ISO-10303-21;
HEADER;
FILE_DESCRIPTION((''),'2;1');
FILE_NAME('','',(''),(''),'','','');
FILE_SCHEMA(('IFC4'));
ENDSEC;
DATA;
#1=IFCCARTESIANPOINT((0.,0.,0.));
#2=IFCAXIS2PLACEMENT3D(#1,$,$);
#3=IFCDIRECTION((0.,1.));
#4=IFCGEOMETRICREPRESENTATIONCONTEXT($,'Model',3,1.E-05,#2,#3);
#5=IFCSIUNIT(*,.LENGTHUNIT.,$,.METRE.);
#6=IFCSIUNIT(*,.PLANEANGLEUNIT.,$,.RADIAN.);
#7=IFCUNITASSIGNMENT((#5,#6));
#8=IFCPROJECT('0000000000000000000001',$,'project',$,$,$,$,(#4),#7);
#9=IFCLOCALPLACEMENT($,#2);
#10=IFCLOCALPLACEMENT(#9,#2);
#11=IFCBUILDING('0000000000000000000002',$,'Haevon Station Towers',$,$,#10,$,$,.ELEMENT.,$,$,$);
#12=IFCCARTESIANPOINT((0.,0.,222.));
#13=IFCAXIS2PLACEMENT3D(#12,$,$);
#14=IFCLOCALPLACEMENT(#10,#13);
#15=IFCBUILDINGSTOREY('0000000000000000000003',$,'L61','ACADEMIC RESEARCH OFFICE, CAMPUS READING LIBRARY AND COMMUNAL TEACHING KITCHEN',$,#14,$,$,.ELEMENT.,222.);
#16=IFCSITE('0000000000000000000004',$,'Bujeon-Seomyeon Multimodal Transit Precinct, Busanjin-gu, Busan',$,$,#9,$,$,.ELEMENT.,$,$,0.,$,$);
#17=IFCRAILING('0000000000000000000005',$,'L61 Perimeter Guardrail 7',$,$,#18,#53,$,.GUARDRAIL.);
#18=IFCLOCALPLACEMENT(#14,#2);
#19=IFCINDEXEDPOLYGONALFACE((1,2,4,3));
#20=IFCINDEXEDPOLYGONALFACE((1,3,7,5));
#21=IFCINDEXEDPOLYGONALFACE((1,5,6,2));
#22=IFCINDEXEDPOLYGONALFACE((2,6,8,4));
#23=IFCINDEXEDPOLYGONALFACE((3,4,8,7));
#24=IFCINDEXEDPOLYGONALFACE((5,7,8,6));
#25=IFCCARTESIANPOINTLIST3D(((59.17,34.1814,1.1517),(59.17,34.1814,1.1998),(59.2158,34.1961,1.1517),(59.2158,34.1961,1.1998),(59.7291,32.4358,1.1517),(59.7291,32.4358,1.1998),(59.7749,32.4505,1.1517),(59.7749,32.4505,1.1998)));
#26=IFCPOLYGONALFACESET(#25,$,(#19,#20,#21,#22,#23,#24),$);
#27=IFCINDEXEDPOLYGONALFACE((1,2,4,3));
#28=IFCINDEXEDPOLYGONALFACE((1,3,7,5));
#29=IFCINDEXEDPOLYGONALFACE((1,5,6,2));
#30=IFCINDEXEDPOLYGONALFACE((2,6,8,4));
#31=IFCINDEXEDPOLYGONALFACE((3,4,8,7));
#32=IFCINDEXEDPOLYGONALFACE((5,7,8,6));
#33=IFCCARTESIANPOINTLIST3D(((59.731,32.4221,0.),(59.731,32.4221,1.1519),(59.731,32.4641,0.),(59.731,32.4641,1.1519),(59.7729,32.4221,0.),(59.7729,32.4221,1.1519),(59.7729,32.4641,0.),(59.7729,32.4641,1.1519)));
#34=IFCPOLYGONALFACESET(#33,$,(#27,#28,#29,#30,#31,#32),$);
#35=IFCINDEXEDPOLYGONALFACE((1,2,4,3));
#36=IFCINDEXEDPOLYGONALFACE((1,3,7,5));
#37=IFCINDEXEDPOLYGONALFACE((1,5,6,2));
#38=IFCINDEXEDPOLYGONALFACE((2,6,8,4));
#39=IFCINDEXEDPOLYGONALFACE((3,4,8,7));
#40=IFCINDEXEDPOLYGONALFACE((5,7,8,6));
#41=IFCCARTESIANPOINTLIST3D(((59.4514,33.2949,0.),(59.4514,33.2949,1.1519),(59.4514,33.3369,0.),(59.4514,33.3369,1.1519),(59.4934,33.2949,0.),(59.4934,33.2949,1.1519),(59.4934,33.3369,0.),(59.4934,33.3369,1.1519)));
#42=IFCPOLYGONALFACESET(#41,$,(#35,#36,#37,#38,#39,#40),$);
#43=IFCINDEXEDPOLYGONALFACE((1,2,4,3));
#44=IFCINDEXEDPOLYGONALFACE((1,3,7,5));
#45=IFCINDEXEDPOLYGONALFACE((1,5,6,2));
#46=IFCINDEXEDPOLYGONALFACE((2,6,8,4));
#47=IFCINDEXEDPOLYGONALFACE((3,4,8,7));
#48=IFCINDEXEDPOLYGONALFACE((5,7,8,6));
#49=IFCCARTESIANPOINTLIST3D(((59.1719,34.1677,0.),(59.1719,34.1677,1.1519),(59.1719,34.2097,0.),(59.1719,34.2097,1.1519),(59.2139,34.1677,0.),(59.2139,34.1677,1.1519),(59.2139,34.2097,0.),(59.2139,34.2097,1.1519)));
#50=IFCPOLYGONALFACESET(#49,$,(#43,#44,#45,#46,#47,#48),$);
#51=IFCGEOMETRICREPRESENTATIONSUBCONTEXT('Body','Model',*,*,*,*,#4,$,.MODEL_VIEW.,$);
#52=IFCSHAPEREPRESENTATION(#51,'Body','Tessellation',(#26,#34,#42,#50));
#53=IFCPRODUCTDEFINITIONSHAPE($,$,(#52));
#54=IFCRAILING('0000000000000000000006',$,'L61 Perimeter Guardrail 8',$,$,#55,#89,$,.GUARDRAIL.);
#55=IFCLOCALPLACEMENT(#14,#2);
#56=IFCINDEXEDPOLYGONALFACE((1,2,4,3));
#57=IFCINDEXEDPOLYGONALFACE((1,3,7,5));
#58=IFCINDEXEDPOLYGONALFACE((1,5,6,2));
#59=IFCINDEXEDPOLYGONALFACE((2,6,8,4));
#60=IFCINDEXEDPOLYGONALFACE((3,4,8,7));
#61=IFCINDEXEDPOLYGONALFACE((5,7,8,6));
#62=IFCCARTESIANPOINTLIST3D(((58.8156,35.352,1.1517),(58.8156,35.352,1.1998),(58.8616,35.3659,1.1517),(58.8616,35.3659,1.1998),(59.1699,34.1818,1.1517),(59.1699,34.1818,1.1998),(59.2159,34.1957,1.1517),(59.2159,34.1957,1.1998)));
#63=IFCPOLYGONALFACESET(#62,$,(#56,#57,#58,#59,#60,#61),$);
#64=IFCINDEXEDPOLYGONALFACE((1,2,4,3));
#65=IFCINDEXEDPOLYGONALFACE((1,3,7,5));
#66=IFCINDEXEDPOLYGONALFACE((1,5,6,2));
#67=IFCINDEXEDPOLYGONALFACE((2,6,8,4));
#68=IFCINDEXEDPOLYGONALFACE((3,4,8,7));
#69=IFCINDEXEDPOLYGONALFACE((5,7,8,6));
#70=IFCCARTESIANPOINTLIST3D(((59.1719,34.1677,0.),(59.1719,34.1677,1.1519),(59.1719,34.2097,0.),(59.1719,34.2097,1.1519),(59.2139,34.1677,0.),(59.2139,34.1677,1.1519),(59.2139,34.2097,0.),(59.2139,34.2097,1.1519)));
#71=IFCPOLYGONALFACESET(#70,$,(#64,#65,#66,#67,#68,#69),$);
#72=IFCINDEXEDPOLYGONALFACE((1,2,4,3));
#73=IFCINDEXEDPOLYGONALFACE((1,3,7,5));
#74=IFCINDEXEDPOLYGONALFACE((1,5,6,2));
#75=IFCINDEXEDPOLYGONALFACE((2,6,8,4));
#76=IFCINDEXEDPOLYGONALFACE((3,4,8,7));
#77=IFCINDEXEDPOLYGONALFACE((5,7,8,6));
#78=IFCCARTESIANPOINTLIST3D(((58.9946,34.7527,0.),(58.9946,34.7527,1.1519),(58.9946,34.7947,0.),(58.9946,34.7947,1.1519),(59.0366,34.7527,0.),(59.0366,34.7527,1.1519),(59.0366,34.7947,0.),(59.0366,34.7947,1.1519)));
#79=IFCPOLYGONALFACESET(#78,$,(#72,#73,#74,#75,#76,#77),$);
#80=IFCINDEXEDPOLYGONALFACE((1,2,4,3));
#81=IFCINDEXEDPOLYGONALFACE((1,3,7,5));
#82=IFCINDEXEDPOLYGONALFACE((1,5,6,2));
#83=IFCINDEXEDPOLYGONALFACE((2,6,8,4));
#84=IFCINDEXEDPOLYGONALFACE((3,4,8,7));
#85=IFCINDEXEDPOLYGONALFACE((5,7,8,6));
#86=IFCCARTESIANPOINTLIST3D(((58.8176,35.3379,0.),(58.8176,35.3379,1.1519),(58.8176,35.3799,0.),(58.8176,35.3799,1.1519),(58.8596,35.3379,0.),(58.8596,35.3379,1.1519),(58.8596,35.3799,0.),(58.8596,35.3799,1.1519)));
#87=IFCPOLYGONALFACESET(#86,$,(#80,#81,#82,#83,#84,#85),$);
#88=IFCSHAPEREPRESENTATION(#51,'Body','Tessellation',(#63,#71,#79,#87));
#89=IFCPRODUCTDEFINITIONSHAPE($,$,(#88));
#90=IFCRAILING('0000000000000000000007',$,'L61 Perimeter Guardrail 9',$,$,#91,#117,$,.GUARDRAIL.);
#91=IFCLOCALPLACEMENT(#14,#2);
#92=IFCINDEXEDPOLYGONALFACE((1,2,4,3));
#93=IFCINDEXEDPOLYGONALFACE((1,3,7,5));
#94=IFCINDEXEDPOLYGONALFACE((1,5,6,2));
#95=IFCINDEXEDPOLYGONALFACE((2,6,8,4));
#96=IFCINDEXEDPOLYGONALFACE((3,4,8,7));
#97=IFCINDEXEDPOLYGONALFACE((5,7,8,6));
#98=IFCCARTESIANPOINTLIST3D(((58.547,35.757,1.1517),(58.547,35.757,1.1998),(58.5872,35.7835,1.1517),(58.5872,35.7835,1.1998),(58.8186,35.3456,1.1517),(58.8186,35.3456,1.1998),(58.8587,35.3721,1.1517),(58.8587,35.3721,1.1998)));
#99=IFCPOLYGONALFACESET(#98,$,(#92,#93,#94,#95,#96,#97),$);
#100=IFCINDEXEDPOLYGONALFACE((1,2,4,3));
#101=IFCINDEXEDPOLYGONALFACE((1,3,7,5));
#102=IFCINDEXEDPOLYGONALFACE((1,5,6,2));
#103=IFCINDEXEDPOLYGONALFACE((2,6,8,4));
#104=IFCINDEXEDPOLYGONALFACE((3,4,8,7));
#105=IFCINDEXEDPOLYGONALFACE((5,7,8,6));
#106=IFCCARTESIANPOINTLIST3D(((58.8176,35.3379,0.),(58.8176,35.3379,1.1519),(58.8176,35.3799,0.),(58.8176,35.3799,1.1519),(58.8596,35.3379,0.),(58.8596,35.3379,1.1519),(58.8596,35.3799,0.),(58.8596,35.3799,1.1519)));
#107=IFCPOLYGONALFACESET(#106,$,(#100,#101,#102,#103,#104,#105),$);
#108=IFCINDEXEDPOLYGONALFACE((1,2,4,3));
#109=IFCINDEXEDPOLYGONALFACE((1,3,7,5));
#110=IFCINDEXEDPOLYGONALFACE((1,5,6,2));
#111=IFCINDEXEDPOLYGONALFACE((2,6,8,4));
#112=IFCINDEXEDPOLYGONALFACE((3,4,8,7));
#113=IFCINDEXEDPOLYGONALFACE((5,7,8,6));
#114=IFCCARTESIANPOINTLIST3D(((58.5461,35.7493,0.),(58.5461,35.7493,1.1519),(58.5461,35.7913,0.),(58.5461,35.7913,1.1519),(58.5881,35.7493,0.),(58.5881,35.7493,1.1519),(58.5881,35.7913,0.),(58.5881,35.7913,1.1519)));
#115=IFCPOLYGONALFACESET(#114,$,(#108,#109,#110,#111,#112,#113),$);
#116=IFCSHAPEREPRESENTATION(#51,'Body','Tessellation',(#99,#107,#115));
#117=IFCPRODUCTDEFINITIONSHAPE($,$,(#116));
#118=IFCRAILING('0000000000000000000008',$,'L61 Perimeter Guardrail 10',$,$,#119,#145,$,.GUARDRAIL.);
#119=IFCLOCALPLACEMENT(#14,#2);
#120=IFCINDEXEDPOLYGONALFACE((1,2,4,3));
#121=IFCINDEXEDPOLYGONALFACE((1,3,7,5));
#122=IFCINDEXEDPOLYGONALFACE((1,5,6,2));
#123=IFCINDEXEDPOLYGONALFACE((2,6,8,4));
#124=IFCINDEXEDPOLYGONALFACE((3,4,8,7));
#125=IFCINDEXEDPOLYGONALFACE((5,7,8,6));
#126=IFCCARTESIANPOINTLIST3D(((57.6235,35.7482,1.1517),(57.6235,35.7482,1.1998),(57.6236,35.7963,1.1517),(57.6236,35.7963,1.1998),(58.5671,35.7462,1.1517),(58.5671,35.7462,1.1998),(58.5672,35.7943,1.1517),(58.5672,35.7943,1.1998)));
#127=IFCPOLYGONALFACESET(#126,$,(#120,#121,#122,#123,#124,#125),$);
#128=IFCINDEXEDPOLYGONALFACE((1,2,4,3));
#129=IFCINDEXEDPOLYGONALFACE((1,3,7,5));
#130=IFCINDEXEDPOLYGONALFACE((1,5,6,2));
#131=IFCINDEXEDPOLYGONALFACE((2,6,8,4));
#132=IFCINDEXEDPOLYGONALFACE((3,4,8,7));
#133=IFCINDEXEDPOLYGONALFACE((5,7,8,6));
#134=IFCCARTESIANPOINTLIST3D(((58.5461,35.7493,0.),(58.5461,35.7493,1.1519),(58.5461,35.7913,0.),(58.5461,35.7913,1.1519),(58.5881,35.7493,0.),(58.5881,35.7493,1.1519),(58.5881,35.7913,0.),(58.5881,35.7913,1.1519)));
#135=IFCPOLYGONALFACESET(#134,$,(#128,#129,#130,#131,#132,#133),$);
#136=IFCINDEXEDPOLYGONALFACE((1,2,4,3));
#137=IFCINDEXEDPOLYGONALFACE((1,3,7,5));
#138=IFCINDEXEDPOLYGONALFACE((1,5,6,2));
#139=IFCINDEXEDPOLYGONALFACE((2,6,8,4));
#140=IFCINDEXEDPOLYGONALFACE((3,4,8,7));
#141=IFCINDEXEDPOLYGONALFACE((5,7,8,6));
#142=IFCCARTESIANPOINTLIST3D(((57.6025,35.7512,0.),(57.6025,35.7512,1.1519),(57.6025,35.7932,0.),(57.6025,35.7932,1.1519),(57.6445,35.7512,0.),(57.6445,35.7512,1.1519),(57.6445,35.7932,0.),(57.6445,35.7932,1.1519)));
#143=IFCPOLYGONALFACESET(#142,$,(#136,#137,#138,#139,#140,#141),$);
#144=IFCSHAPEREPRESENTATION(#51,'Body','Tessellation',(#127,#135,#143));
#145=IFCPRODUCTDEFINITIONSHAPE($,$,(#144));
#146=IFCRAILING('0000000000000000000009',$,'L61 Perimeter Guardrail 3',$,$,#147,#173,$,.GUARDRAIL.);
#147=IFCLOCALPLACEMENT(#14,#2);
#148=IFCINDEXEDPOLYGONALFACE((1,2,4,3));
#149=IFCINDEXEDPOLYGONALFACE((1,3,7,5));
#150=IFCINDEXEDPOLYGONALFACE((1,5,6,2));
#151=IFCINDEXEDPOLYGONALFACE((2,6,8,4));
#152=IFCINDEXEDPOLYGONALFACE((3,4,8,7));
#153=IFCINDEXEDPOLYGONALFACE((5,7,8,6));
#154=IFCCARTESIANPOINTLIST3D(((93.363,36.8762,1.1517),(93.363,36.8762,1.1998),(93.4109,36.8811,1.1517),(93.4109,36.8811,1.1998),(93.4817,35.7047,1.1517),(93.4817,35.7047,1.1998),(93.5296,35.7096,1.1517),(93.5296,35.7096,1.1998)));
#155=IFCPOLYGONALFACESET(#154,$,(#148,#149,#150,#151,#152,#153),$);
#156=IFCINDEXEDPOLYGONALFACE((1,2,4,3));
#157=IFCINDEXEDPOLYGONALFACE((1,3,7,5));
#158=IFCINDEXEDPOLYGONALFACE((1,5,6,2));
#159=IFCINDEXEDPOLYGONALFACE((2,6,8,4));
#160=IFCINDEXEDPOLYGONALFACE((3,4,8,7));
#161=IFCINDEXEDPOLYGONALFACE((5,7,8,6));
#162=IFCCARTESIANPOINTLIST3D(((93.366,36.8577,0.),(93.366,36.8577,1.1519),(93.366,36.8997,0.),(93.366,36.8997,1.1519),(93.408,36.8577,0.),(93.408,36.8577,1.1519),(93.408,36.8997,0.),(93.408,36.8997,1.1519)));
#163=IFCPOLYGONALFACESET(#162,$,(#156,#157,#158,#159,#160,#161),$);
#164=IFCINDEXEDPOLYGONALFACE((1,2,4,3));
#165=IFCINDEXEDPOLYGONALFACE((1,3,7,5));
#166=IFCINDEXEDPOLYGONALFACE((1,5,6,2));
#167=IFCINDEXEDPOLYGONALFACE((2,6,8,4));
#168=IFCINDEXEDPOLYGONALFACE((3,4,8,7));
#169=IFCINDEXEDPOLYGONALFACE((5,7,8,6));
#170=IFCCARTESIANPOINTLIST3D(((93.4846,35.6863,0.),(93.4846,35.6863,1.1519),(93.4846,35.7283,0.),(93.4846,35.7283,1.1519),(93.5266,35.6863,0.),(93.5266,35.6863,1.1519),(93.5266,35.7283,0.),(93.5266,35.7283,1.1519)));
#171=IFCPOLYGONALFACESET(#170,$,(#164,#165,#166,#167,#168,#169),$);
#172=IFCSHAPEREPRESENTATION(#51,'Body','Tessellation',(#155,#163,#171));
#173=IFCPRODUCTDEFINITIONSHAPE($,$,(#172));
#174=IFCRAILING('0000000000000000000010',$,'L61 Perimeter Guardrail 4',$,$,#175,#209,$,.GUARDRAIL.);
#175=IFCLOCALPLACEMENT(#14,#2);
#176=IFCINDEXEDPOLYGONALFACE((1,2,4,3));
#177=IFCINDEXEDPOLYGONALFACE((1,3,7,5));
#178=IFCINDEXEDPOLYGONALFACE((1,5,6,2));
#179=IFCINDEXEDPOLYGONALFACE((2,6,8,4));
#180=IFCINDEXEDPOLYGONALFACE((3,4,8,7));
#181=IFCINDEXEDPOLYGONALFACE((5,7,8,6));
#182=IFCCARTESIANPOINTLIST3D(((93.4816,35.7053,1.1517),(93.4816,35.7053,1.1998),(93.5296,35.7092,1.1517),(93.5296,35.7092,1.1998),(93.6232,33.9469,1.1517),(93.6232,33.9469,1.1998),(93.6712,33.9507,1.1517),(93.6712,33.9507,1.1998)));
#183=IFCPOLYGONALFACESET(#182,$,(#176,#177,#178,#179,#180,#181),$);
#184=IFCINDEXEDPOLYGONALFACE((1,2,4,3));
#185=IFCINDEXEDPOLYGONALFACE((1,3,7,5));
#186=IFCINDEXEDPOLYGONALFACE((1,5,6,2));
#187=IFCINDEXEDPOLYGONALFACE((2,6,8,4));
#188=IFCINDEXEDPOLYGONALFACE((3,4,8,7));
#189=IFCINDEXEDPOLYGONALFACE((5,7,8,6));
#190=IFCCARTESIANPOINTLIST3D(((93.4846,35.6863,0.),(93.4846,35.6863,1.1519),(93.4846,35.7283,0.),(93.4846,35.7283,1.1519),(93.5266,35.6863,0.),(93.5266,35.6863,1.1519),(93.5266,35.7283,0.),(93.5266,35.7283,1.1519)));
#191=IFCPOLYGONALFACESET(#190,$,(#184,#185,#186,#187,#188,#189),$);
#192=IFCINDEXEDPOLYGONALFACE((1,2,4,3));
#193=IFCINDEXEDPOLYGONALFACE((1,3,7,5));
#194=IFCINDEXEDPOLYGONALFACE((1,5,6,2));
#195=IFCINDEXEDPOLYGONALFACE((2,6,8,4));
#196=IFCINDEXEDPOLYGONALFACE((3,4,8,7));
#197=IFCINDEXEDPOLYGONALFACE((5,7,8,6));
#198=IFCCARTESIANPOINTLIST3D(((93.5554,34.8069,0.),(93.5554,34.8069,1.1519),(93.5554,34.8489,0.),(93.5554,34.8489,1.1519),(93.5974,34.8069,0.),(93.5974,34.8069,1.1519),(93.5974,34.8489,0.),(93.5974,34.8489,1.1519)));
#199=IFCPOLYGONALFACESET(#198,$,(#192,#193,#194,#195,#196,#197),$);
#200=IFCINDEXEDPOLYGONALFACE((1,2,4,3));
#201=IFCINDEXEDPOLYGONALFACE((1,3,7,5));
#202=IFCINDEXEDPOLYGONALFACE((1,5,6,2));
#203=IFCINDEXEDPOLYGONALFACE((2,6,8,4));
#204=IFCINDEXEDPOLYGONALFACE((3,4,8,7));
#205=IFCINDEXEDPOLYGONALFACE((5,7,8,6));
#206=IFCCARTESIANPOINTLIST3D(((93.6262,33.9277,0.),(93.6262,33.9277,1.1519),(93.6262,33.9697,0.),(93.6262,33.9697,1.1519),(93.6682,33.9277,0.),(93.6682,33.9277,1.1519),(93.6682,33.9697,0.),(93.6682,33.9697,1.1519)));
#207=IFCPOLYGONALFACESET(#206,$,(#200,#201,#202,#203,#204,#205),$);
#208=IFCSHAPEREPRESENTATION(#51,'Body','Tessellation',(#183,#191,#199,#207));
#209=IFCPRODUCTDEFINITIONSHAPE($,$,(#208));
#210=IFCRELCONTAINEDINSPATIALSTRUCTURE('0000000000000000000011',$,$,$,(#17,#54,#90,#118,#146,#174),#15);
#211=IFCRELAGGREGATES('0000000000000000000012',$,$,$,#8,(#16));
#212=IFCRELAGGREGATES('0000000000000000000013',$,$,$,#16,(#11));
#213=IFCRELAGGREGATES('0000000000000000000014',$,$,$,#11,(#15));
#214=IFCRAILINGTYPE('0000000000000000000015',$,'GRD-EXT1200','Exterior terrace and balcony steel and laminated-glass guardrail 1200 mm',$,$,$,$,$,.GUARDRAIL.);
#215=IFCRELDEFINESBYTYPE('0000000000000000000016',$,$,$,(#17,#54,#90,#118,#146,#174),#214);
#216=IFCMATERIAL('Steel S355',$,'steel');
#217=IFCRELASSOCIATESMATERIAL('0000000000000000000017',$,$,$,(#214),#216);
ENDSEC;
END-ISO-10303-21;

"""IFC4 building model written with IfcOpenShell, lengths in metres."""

from ifc_helpers import new_model, si_unit, direction, frame, origin, origin_2d, place, context, subcontext, project, spatial, rectangle, extrude, material, type_object, element, save


model = new_model("IFC4")

# Units and contexts
model_context = context("Model", 3, precision=1e-05, world=origin(), true_north=direction((0.0, 1.0)))
body_context = subcontext(model_context, "Body", "Model", "MODEL_VIEW")
ifc_project = project(units=[si_unit("LENGTHUNIT", "METRE"), si_unit("PLANEANGLEUNIT", "RADIAN")], contexts=[model_context])

# Site, building, storey
site_placement = place(None, origin())
site = spatial("IfcSite", under=ifc_project, at=site_placement, Name="Bujeon-Seomyeon Multimodal Transit Precinct, Busanjin-gu, Busan", CompositionType="ELEMENT", RefElevation=0.0)
building_placement = place(site_placement, origin())
building = spatial("IfcBuilding", under=site, at=building_placement, Name="Haevon Station Towers", CompositionType="ELEMENT")
storey_placement = place(building_placement, frame((0.0, 0.0, 222.0)))
storey = spatial("IfcBuildingStorey", under=building, at=storey_placement, Name="L61", Description="ACADEMIC RESEARCH OFFICE, CAMPUS READING LIBRARY AND COMMUNAL TEACHING KITCHEN", CompositionType="ELEMENT", Elevation=222.0)

# Shared definitions
ifc_material_1 = material(Name="Steel S355", Category="steel")

# Railings
railing_type = type_object("IfcRailingType", Name="GRD-EXT1200", Description="Exterior terrace and balcony steel and laminated-glass guardrail 1200 mm", PredefinedType="GUARDRAIL", material=ifc_material_1)
railing_1_placement = place(storey_placement, frame((59.752, 32.4431, 0.0)))
element("IfcRailing", 1, at=railing_1_placement, inside=storey, type_object=railing_type, Name="L61 Perimeter Guardrail 7", PredefinedType="GUARDRAIL", context=body_context, shape_type="SweptSolid", body=[
    extrude(rectangle(XDim=0.0481, YDim=0.0481, at=origin_2d()), frame((0.0, 0.0, 1.1758), z_axis=(-0.305017, 0.952347, 0.0), x_axis=(-0.952347, -0.305017, 0.0)), (0.0, 0.0, 1.0), 1.833),
    extrude(rectangle(XDim=0.042, YDim=0.042, at=origin_2d()), origin(), (0.0, 0.0, 1.0), 1.1519),
    extrude(rectangle(XDim=0.042, YDim=0.042, at=origin_2d()), frame((-0.2795, 0.8728, 0.0)), (0.0, 0.0, 1.0), 1.1519),
    extrude(rectangle(XDim=0.042, YDim=0.042, at=origin_2d()), frame((-0.5591, 1.7456, 0.0)), (0.0, 0.0, 1.0), 1.1519),
])
railing_2_placement = place(storey_placement, frame((59.1929, 34.1887, 0.0)))
element("IfcRailing", 2, at=railing_2_placement, inside=storey, type_object=railing_type, Name="L61 Perimeter Guardrail 8", PredefinedType="GUARDRAIL", context=body_context, shape_type="SweptSolid", body=[
    extrude(rectangle(XDim=0.0481, YDim=0.0481, at=origin_2d()), frame((0.0, 0.0, 1.1758), z_axis=(-0.289747, 0.957103, 0.0), x_axis=(-0.957103, -0.289747, 0.0)), (0.0, 0.0, 1.0), 1.2227),
    extrude(rectangle(XDim=0.042, YDim=0.042, at=origin_2d()), origin(), (0.0, 0.0, 1.0), 1.1519),
    extrude(rectangle(XDim=0.042, YDim=0.042, at=origin_2d()), frame((-0.1772, 0.585, 0.0)), (0.0, 0.0, 1.0), 1.1519),
    extrude(rectangle(XDim=0.042, YDim=0.042, at=origin_2d()), frame((-0.3542, 1.1702, 0.0)), (0.0, 0.0, 1.0), 1.1519),
])
railing_3_placement = place(storey_placement, frame((58.8386, 35.3589, 0.0)))
element("IfcRailing", 3, at=railing_3_placement, inside=storey, type_object=railing_type, Name="L61 Perimeter Guardrail 9", PredefinedType="GUARDRAIL", context=body_context, shape_type="SweptSolid", body=[
    extrude(rectangle(XDim=0.0481, YDim=0.0481, at=origin_2d()), frame((0.0, 0.0, 1.1758), z_axis=(-0.550808, 0.834632, 0.0), x_axis=(-0.834632, -0.550808, 0.0)), (0.0, 0.0, 1.0), 0.4929),
    extrude(rectangle(XDim=0.042, YDim=0.042, at=origin_2d()), origin(), (0.0, 0.0, 1.0), 1.1519),
    extrude(rectangle(XDim=0.042, YDim=0.042, at=origin_2d()), frame((-0.2715, 0.4114, 0.0)), (0.0, 0.0, 1.0), 1.1519),
])
railing_4_placement = place(storey_placement, frame((58.5671, 35.7703, 0.0)))
element("IfcRailing", 4, at=railing_4_placement, inside=storey, type_object=railing_type, Name="L61 Perimeter Guardrail 10", PredefinedType="GUARDRAIL", context=body_context, shape_type="SweptSolid", body=[
    extrude(rectangle(XDim=0.0481, YDim=0.0481, at=origin_2d()), frame((0.0, 0.0, 1.1758), z_axis=(-0.999998, 0.00207, 0.0), x_axis=(-0.00207, -0.999998, 0.0)), (0.0, 0.0, 1.0), 0.9436),
    extrude(rectangle(XDim=0.042, YDim=0.042, at=origin_2d()), origin(), (0.0, 0.0, 1.0), 1.1519),
    extrude(rectangle(XDim=0.042, YDim=0.042, at=origin_2d()), frame((-0.9436, 0.002, 0.0)), (0.0, 0.0, 1.0), 1.1519),
])
railing_5_placement = place(storey_placement, frame((93.387, 36.8787, 0.0)))
element("IfcRailing", 5, at=railing_5_placement, inside=storey, type_object=railing_type, Name="L61 Perimeter Guardrail 3", PredefinedType="GUARDRAIL", context=body_context, shape_type="SweptSolid", body=[
    extrude(rectangle(XDim=0.0481, YDim=0.0481, at=origin_2d()), frame((0.0, 0.0, 1.1758), z_axis=(0.100777, -0.994909, 0.0), x_axis=(0.994909, 0.100777, 0.0)), (0.0, 0.0, 1.0), 1.1775),
    extrude(rectangle(XDim=0.042, YDim=0.042, at=origin_2d()), origin(), (0.0, 0.0, 1.0), 1.1519),
    extrude(rectangle(XDim=0.042, YDim=0.042, at=origin_2d()), frame((0.1187, -1.1714, 0.0)), (0.0, 0.0, 1.0), 1.1519),
])
railing_6_placement = place(storey_placement, frame((93.5056, 35.7073, 0.0)))
element("IfcRailing", 6, at=railing_6_placement, inside=storey, type_object=railing_type, Name="L61 Perimeter Guardrail 4", PredefinedType="GUARDRAIL", context=body_context, shape_type="SweptSolid", body=[
    extrude(rectangle(XDim=0.0481, YDim=0.0481, at=origin_2d()), frame((0.0, 0.0, 1.1758), z_axis=(0.080262, -0.996774, 0.0), x_axis=(0.996774, 0.080262, 0.0)), (0.0, 0.0, 1.0), 1.7642),
    extrude(rectangle(XDim=0.042, YDim=0.042, at=origin_2d()), origin(), (0.0, 0.0, 1.0), 1.1519),
    extrude(rectangle(XDim=0.042, YDim=0.042, at=origin_2d()), frame((0.0708, -0.8794, 0.0)), (0.0, 0.0, 1.0), 1.1519),
    extrude(rectangle(XDim=0.042, YDim=0.042, at=origin_2d()), frame((0.1416, -1.7585, 0.0)), (0.0, 0.0, 1.0), 1.1519),
])

save(model, "model.ifc")
